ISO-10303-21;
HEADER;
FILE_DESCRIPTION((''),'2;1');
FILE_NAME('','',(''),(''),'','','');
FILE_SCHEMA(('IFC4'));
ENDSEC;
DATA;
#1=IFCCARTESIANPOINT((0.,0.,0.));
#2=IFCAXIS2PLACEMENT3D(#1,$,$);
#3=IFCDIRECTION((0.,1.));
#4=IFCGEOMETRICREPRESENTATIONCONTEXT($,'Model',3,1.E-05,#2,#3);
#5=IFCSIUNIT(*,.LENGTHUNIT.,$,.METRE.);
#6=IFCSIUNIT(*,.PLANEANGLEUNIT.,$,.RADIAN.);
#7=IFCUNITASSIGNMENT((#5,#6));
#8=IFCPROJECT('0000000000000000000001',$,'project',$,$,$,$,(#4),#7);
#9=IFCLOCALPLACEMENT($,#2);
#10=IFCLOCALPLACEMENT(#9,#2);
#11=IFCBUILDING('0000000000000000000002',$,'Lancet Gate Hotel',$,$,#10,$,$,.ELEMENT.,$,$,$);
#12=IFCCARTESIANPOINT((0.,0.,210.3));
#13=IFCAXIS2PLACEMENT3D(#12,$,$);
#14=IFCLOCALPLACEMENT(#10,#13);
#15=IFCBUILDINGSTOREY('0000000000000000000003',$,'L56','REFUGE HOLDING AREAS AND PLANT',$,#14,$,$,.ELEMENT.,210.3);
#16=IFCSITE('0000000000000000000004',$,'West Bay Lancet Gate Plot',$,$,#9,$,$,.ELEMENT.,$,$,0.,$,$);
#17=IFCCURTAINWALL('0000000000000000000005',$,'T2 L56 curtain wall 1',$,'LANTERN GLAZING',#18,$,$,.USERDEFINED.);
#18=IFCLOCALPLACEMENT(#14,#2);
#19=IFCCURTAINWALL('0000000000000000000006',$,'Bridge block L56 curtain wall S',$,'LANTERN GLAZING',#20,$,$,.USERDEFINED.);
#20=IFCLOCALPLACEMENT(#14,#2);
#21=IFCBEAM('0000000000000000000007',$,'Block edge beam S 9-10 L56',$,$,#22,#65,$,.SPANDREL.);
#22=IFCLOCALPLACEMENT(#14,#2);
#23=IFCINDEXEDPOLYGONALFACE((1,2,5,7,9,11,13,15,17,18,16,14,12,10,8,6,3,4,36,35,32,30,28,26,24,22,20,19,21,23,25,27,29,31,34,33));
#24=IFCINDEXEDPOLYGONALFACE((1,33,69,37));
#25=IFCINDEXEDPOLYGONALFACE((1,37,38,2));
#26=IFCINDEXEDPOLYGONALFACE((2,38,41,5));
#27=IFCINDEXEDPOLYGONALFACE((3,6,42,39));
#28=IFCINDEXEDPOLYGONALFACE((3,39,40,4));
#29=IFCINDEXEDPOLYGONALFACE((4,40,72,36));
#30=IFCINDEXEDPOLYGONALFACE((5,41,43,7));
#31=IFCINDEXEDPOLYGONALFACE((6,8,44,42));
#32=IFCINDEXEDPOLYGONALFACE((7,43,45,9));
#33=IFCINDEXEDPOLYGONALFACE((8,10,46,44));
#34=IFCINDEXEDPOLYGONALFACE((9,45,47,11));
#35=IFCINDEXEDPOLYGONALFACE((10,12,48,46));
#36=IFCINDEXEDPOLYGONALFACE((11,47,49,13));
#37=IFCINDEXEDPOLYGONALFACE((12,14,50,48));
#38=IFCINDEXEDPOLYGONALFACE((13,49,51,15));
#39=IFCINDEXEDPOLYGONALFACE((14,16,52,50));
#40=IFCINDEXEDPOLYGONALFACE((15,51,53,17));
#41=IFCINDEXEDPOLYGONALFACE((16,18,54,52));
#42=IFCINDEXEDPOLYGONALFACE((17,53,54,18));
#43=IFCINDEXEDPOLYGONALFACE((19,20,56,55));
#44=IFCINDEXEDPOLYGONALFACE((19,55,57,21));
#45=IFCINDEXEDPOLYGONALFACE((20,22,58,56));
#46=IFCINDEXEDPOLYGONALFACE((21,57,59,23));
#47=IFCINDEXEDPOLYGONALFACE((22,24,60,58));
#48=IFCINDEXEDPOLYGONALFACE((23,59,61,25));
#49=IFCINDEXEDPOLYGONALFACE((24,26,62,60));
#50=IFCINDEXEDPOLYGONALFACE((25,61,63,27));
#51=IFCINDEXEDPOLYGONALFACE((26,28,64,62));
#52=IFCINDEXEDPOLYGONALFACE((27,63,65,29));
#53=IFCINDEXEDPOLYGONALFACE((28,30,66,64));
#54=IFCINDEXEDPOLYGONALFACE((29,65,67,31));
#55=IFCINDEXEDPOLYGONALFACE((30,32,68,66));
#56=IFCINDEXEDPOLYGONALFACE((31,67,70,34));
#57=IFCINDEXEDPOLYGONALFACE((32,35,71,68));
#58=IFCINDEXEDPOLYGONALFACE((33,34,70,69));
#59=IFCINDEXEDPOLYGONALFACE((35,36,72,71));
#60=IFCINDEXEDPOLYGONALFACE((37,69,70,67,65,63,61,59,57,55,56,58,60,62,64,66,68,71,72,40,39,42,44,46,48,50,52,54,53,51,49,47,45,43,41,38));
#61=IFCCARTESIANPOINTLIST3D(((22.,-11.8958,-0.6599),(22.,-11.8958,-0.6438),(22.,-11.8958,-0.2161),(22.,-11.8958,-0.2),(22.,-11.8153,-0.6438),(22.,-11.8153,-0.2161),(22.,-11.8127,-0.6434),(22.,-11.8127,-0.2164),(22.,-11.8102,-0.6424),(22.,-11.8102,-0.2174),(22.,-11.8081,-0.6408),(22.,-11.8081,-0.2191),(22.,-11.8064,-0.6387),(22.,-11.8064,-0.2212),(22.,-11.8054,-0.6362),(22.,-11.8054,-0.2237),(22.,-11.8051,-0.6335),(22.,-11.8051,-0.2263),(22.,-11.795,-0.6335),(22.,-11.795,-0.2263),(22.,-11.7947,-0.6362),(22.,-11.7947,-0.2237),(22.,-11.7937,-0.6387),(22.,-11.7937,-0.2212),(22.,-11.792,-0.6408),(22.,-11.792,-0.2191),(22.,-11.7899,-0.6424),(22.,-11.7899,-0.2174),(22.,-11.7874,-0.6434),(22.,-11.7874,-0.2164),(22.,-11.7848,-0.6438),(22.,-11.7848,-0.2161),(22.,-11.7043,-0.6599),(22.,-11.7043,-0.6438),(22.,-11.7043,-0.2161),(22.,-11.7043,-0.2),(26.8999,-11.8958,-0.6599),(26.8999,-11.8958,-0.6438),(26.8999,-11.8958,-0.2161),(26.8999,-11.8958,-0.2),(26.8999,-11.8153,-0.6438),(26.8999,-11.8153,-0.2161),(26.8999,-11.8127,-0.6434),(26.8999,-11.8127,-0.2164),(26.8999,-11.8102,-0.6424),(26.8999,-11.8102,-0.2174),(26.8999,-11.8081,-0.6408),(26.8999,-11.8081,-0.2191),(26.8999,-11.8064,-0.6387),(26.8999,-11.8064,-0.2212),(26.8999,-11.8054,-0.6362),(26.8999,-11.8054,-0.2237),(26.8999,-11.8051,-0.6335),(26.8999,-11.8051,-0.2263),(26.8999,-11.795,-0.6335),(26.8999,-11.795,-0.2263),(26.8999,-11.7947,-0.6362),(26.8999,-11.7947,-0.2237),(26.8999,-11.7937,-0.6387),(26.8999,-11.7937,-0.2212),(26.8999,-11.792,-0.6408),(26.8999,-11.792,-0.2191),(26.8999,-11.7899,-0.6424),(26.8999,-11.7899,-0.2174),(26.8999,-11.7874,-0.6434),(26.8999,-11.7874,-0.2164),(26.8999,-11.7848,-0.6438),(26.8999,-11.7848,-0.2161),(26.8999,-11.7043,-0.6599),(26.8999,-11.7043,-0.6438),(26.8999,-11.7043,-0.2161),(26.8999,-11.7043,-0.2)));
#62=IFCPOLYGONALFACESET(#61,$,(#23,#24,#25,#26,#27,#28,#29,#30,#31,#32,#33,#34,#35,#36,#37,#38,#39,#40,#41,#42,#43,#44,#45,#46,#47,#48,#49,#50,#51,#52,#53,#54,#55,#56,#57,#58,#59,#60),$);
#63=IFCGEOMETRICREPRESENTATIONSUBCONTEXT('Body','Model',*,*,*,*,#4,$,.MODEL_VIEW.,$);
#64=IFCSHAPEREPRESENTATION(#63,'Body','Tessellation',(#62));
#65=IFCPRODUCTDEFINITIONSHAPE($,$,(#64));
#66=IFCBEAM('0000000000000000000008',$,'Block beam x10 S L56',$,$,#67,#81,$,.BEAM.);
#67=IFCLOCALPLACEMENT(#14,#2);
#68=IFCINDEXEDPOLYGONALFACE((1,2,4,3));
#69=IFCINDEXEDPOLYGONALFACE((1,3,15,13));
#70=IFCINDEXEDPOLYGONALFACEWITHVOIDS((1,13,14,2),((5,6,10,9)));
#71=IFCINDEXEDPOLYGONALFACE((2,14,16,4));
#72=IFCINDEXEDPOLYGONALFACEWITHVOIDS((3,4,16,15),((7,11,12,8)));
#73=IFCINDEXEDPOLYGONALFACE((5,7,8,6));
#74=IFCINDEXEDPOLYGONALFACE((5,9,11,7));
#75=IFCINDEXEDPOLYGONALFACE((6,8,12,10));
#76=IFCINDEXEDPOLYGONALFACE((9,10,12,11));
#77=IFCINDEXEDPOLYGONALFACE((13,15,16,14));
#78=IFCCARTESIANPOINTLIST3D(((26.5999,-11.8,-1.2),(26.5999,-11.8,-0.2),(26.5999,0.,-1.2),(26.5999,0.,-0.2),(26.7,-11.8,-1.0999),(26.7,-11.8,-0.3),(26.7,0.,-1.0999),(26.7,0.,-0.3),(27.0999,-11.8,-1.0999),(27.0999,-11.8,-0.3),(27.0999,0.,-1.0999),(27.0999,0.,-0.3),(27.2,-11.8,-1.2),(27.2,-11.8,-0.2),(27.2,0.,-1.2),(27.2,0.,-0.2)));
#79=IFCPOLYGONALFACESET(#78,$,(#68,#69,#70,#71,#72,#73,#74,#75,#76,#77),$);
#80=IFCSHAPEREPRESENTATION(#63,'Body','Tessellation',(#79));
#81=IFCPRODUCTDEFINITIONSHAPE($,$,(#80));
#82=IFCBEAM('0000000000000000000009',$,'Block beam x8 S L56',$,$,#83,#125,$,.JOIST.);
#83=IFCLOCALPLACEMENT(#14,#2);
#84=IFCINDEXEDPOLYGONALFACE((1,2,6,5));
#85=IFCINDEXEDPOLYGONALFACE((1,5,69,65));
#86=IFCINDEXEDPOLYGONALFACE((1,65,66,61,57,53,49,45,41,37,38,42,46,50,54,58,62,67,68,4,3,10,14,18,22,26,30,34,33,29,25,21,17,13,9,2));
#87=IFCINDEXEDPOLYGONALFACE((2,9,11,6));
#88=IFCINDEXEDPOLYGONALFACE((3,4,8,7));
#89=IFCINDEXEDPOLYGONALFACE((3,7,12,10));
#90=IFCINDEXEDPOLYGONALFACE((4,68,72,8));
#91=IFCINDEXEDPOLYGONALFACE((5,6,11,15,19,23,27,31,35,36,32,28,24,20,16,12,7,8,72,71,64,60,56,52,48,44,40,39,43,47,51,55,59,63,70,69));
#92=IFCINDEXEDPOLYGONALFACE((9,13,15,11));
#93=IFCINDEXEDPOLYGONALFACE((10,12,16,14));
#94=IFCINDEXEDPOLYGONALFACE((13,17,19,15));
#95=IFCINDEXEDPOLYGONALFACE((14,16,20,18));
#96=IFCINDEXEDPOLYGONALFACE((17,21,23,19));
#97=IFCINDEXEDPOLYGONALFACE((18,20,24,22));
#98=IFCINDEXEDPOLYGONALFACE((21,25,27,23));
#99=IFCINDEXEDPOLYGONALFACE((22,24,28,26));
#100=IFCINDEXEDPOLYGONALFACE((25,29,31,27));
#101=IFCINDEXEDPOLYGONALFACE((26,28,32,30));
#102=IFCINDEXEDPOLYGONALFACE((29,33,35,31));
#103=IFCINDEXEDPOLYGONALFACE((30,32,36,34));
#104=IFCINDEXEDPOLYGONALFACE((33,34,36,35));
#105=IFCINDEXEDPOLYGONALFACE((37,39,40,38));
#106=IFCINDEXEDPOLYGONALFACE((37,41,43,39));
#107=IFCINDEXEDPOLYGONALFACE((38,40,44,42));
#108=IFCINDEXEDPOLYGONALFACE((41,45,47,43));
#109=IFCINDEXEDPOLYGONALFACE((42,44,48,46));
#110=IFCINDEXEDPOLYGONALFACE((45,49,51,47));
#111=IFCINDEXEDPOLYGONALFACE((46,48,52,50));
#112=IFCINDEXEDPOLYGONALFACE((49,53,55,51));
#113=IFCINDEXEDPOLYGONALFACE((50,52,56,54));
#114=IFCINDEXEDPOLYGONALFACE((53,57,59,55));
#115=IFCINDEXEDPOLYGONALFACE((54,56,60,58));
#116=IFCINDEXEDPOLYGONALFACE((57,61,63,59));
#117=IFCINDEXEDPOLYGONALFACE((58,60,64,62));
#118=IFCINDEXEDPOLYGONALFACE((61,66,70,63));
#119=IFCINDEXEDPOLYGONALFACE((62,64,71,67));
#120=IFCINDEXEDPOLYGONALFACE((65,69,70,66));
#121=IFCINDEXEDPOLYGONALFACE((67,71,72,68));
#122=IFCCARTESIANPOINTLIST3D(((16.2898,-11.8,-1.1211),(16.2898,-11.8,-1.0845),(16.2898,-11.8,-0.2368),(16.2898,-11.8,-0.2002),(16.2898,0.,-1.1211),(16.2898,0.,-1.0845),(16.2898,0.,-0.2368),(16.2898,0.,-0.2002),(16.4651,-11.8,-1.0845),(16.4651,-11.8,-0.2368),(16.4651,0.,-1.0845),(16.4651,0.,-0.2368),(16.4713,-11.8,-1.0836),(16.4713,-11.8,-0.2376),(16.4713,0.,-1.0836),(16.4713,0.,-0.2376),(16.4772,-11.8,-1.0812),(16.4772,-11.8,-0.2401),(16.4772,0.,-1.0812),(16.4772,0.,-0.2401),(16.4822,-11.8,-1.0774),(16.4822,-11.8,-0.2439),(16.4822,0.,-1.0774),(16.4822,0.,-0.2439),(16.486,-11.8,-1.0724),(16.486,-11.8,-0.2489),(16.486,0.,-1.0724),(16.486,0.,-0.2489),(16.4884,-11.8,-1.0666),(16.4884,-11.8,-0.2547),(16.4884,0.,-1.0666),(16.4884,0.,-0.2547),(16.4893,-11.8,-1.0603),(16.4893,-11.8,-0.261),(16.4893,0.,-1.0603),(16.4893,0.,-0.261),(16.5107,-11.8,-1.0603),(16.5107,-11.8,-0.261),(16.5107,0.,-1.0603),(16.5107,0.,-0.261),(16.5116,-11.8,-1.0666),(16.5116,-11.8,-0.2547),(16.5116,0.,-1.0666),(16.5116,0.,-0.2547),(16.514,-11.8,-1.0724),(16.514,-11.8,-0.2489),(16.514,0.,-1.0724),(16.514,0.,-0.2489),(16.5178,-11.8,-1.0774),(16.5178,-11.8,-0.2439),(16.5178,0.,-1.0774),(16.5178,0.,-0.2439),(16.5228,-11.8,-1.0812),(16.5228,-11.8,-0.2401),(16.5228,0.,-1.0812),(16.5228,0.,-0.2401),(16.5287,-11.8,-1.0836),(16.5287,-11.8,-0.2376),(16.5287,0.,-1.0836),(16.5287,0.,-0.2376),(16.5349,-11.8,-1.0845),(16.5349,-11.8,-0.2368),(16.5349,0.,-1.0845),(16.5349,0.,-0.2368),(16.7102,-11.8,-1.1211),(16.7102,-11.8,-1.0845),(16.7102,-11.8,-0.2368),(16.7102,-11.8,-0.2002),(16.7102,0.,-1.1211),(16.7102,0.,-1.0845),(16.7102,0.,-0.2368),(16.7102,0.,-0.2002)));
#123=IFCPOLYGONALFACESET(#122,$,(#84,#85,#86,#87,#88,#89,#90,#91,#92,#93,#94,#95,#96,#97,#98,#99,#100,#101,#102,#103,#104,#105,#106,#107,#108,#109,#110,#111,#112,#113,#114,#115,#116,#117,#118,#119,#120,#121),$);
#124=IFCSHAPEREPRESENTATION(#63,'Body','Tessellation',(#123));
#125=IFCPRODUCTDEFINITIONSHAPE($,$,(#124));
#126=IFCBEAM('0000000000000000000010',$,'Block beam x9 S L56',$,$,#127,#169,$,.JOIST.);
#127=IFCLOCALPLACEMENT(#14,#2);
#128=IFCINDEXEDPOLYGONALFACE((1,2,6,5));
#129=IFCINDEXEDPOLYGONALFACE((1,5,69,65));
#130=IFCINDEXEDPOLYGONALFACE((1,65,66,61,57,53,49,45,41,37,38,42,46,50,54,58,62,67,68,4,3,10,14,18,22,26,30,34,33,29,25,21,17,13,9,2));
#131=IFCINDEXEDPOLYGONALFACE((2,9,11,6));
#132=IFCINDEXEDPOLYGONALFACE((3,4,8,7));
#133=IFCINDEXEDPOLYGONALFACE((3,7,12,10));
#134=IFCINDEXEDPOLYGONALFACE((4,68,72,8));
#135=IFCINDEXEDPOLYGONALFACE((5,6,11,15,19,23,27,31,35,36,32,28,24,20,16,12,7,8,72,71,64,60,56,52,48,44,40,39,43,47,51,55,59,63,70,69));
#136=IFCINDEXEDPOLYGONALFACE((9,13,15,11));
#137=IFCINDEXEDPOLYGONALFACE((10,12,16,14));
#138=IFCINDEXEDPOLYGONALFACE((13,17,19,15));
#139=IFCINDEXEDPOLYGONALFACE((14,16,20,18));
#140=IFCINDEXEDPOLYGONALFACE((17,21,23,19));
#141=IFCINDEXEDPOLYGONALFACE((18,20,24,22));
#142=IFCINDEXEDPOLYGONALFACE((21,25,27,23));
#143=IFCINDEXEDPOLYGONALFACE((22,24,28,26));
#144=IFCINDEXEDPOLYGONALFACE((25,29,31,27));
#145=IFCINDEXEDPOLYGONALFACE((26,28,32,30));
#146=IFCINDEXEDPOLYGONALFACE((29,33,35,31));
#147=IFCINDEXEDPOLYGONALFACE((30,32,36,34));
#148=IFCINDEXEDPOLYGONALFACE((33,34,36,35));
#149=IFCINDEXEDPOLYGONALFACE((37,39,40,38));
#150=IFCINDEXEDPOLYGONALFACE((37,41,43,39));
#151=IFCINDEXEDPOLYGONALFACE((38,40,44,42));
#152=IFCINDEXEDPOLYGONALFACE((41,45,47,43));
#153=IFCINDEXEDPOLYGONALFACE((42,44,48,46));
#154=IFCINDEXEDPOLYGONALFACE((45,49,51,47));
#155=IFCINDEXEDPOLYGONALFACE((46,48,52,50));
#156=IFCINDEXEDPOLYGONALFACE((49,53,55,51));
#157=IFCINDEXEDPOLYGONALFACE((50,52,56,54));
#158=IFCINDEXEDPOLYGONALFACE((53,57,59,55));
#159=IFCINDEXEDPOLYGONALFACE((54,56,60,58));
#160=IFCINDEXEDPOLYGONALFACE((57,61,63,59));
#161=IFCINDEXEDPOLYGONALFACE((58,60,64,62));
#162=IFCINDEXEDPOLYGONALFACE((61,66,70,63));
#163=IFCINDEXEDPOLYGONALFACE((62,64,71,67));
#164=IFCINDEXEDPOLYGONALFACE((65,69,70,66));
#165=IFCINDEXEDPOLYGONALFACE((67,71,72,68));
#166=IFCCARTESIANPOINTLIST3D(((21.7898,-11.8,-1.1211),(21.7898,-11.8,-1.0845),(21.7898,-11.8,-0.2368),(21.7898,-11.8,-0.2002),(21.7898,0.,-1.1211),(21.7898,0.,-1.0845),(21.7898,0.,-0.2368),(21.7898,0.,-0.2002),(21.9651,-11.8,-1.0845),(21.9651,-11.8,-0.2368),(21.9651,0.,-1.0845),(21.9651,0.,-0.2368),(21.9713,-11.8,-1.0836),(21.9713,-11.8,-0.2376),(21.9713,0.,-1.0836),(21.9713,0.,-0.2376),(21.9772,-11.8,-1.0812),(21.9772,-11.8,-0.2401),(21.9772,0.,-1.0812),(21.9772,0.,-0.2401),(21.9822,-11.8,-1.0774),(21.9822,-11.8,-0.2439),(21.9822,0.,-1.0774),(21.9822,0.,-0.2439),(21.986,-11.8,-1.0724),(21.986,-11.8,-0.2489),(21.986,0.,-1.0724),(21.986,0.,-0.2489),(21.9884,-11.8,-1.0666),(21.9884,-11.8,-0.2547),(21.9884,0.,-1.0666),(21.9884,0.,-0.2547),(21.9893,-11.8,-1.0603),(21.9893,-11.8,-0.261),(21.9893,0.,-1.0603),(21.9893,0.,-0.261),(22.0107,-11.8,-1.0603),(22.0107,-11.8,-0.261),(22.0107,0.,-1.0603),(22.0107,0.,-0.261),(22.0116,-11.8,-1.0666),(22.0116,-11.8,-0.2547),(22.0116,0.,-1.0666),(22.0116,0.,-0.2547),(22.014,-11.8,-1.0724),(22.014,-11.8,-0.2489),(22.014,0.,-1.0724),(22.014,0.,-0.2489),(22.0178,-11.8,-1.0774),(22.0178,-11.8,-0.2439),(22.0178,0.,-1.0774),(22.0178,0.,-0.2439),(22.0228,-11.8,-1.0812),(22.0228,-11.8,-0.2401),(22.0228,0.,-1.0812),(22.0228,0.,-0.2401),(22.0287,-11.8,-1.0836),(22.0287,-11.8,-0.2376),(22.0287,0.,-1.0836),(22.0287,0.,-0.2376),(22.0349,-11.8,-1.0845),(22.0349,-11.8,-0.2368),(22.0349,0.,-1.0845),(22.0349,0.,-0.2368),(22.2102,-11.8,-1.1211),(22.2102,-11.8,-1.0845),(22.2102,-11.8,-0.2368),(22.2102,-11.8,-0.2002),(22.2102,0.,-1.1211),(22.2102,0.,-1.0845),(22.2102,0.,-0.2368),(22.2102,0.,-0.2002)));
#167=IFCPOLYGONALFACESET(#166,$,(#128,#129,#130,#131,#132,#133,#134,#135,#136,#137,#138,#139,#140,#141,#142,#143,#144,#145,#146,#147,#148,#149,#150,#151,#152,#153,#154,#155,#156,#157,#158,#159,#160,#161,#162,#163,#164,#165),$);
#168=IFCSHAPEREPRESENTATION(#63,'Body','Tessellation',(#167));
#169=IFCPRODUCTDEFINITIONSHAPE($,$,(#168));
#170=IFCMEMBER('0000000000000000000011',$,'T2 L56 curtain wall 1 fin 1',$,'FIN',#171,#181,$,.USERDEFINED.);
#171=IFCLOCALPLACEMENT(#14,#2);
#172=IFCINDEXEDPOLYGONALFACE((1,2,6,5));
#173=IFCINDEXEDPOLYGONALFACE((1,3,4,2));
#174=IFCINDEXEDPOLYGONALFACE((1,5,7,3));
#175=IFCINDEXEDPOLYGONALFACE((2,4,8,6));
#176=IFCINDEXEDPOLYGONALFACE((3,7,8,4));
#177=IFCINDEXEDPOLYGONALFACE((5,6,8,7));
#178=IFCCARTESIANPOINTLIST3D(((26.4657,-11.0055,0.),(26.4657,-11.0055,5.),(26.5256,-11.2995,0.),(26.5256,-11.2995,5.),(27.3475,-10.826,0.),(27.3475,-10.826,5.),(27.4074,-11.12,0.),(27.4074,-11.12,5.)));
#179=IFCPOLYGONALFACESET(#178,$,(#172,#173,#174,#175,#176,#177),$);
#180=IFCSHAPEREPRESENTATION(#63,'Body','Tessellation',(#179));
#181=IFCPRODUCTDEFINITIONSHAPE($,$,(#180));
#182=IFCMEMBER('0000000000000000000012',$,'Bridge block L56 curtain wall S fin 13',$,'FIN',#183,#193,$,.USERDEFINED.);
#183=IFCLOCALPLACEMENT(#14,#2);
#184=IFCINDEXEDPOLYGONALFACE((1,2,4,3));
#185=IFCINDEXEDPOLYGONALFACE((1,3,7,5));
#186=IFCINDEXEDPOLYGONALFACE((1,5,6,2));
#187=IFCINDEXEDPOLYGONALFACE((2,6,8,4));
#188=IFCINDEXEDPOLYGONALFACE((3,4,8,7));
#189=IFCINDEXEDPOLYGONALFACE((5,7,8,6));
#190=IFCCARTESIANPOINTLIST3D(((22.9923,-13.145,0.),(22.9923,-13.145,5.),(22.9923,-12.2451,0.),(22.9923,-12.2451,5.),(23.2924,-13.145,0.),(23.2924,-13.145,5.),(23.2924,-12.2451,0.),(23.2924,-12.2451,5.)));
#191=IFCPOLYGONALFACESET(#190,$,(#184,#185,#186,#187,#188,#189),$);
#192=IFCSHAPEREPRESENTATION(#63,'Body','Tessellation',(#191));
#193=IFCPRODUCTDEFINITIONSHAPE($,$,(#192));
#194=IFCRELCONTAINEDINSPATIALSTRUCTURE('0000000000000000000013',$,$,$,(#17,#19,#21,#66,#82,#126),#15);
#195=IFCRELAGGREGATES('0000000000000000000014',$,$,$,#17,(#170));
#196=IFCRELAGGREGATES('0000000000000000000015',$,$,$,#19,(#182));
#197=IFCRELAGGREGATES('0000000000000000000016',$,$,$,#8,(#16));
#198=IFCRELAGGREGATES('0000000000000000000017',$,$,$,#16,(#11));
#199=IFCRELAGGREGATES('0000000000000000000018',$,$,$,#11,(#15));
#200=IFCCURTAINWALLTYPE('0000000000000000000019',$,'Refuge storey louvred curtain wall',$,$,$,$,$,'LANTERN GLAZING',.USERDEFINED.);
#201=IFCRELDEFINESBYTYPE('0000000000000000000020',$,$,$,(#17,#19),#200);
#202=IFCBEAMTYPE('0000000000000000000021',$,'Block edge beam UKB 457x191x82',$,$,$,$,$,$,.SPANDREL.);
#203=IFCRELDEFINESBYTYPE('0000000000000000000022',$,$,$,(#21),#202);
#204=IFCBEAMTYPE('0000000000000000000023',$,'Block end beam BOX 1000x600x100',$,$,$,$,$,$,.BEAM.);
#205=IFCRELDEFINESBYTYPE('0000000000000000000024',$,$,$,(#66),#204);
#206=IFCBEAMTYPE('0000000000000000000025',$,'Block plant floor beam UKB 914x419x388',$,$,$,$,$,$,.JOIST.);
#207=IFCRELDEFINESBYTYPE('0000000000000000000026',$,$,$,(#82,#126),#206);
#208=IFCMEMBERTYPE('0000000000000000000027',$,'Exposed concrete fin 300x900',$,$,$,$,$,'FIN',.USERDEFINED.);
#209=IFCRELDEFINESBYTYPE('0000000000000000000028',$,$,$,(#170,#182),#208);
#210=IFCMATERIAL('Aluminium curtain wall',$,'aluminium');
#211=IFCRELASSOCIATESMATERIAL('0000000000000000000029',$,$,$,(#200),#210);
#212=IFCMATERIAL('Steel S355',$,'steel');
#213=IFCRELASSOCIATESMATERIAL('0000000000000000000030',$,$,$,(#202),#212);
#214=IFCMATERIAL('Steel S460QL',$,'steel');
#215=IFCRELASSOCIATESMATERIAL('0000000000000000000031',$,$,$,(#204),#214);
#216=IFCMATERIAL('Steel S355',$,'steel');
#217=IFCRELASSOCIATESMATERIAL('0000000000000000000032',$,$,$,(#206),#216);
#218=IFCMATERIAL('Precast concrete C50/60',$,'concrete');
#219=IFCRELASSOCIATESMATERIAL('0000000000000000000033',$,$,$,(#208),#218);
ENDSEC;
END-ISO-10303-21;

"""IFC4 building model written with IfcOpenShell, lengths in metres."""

from ifc_helpers import new_model, si_unit, direction, frame, origin, origin_2d, place, context, subcontext, project, spatial, rectangle, hollow_rectangle, i_section, extrude, material, material_profile, profile_set, type_object, element, aggregate, save


model = new_model("IFC4")

# Units and contexts
model_context = context("Model", 3, precision=1e-05, world=origin(), true_north=direction((0.0, 1.0)))
body_context = subcontext(model_context, "Body", "Model", "MODEL_VIEW")
ifc_project = project(units=[si_unit("LENGTHUNIT", "METRE"), si_unit("PLANEANGLEUNIT", "RADIAN")], contexts=[model_context])

# Site, building, storey
site_placement = place(None, origin())
site = spatial("IfcSite", under=ifc_project, at=site_placement, Name="West Bay Lancet Gate Plot", CompositionType="ELEMENT", RefElevation=0.0)
building_placement = place(site_placement, origin())
building = spatial("IfcBuilding", under=site, at=building_placement, Name="Lancet Gate Hotel", CompositionType="ELEMENT")
storey_placement = place(building_placement, frame((0.0, 0.0, 210.3)))
storey = spatial("IfcBuildingStorey", under=building, at=storey_placement, Name="L56", Description="REFUGE HOLDING AREAS AND PLANT", CompositionType="ELEMENT", Elevation=210.3)

# Curtain walls
ifc_material_1 = material(Name="Aluminium curtain wall", Category="aluminium")
curtain_wall_type = type_object("IfcCurtainWallType", Name="Refuge storey louvred curtain wall", ElementType="LANTERN GLAZING", PredefinedType="USERDEFINED", material=ifc_material_1)
curtain_wall_1_placement = place(storey_placement, origin())
curtain_wall_1 = element("IfcCurtainWall", 1, at=curtain_wall_1_placement, inside=storey, type_object=curtain_wall_type, Name="T2 L56 curtain wall 1", ObjectType="LANTERN GLAZING", PredefinedType="USERDEFINED")
curtain_wall_2_placement = place(storey_placement, origin())
curtain_wall_2 = element("IfcCurtainWall", 2, at=curtain_wall_2_placement, inside=storey, type_object=curtain_wall_type, Name="Bridge block L56 curtain wall S", ObjectType="LANTERN GLAZING", PredefinedType="USERDEFINED")

# Beams
ifc_material_2 = material(Name="Steel S355", Category="steel")
ifc_material_profile_1 = material_profile(ifc_material_2, i_section(OverallWidth=0.1914, OverallDepth=0.46, WebThickness=0.01, FlangeThickness=0.0161, FilletRadius=0.0103, at=origin_2d()), Name="UKB 457x191x82")
ifc_profile_set_1 = profile_set([ifc_material_profile_1], Name="Steel S355")
beam_type_1 = type_object("IfcBeamType", Name="Block edge beam UKB 457x191x82", PredefinedType="SPANDREL", material=ifc_profile_set_1)
beam_1_placement = place(storey_placement, frame((22.0, -11.8, -0.4299), z_axis=(1.0, 0.0, 0.0), x_axis=(0.0, 1.0, 0.0)))
element("IfcBeam", 3, at=beam_1_placement, inside=storey, type_object=beam_type_1, Name="Block edge beam S 9-10 L56", PredefinedType="SPANDREL", context=body_context, shape_type="SweptSolid", body=[
    extrude(i_section(OverallWidth=0.1914, OverallDepth=0.46, WebThickness=0.01, FlangeThickness=0.0161, FilletRadius=0.0103, at=origin_2d()), origin(), (0.0, 0.0, 1.0), 4.8999),
])
ifc_material_3 = material(Name="Steel S460QL", Category="steel")
ifc_material_profile_2 = material_profile(ifc_material_3, hollow_rectangle(XDim=0.6001, YDim=1.0, WallThickness=0.1001, at=origin_2d()), Name="BOX 1000x600x100")
ifc_profile_set_2 = profile_set([ifc_material_profile_2], Name="Steel S460QL")
beam_type_2 = type_object("IfcBeamType", Name="Block end beam BOX 1000x600x100", PredefinedType="BEAM", material=ifc_profile_set_2)
beam_2_placement = place(storey_placement, frame((26.8999, -11.8, -0.7), z_axis=(0.0, 1.0, 0.0), x_axis=(-1.0, 0.0, 0.0)))
element("IfcBeam", 4, at=beam_2_placement, inside=storey, type_object=beam_type_2, Name="Block beam x10 S L56", PredefinedType="BEAM", context=body_context, shape_type="SweptSolid", body=[
    extrude(hollow_rectangle(XDim=0.6001, YDim=1.0, WallThickness=0.1001, at=origin_2d()), origin(), (0.0, 0.0, 1.0), 11.8),
])
ifc_material_4 = material(Name="Steel S355", Category="steel")
ifc_material_profile_3 = material_profile(ifc_material_4, i_section(OverallWidth=0.4204, OverallDepth=0.9209, WebThickness=0.0215, FlangeThickness=0.0366, FilletRadius=0.0242, at=origin_2d()), Name="UKB 914x419x388")
ifc_profile_set_3 = profile_set([ifc_material_profile_3], Name="Steel S355")
beam_type_3 = type_object("IfcBeamType", Name="Block plant floor beam UKB 914x419x388", PredefinedType="JOIST", material=ifc_profile_set_3)
for number, where, z_axis, x_axis, name in (
    (5, (16.5, -11.8, -0.6606), (0.0, 1.0, 0.0), (-1.0, 0.0, 0.0), "Block beam x8 S L56"),
    (6, (22.0, -11.8, -0.6606), (0.0, 1.0, 0.0), (-1.0, 0.0, 0.0), "Block beam x9 S L56"),
):
    element("IfcBeam", number, at=place(storey_placement, frame(where, z_axis=z_axis, x_axis=x_axis)), inside=storey, type_object=beam_type_3, Name=name, PredefinedType="JOIST", context=body_context, shape_type="SweptSolid", body=[
        extrude(i_section(OverallWidth=0.4204, OverallDepth=0.9209, WebThickness=0.0215, FlangeThickness=0.0366, FilletRadius=0.0242, at=origin_2d()), origin(), (0.0, 0.0, 1.0), 11.8),
    ])

# Members
ifc_material_5 = material(Name="Precast concrete C50/60", Category="concrete")
ifc_material_profile_4 = material_profile(ifc_material_5, rectangle(XDim=0.3, YDim=0.8999, at=origin_2d()), Name="FIN 300x900")
ifc_profile_set_4 = profile_set([ifc_material_profile_4], Name="Precast concrete C50/60")
member_type_1 = type_object("IfcMemberType", Name="Exposed concrete fin 300x900", ElementType="FIN", PredefinedType="USERDEFINED", material=ifc_profile_set_4)
member_1_placement = place(storey_placement, frame((26.9365, -11.0627, 0.0), z_axis=(0.0, 0.0, 1.0), x_axis=(0.199533, -0.979891, 0.0)))
member_1 = element("IfcMember", 7, at=member_1_placement, type_object=member_type_1, Name="T2 L56 curtain wall 1 fin 1", ObjectType="FIN", PredefinedType="USERDEFINED", context=body_context, shape_type="SweptSolid", body=[
    extrude(rectangle(XDim=0.3, YDim=0.8999, at=origin_2d()), origin(), (0.0, 0.0, 1.0), 5.0),
])
member_2_placement = place(storey_placement, frame((23.1423, -12.6951, 0.0), z_axis=(0.0, 0.0, 1.0), x_axis=(1.0, 0.0, 0.0)))
member_2 = element("IfcMember", 8, at=member_2_placement, type_object=member_type_1, Name="Bridge block L56 curtain wall S fin 13", ObjectType="FIN", PredefinedType="USERDEFINED", context=body_context, shape_type="SweptSolid", body=[
    extrude(rectangle(XDim=0.3, YDim=0.8999, at=origin_2d()), origin(), (0.0, 0.0, 1.0), 5.0),
])

aggregate(curtain_wall_1, [member_1])
aggregate(curtain_wall_2, [member_2])

save(model, "model.ifc")
